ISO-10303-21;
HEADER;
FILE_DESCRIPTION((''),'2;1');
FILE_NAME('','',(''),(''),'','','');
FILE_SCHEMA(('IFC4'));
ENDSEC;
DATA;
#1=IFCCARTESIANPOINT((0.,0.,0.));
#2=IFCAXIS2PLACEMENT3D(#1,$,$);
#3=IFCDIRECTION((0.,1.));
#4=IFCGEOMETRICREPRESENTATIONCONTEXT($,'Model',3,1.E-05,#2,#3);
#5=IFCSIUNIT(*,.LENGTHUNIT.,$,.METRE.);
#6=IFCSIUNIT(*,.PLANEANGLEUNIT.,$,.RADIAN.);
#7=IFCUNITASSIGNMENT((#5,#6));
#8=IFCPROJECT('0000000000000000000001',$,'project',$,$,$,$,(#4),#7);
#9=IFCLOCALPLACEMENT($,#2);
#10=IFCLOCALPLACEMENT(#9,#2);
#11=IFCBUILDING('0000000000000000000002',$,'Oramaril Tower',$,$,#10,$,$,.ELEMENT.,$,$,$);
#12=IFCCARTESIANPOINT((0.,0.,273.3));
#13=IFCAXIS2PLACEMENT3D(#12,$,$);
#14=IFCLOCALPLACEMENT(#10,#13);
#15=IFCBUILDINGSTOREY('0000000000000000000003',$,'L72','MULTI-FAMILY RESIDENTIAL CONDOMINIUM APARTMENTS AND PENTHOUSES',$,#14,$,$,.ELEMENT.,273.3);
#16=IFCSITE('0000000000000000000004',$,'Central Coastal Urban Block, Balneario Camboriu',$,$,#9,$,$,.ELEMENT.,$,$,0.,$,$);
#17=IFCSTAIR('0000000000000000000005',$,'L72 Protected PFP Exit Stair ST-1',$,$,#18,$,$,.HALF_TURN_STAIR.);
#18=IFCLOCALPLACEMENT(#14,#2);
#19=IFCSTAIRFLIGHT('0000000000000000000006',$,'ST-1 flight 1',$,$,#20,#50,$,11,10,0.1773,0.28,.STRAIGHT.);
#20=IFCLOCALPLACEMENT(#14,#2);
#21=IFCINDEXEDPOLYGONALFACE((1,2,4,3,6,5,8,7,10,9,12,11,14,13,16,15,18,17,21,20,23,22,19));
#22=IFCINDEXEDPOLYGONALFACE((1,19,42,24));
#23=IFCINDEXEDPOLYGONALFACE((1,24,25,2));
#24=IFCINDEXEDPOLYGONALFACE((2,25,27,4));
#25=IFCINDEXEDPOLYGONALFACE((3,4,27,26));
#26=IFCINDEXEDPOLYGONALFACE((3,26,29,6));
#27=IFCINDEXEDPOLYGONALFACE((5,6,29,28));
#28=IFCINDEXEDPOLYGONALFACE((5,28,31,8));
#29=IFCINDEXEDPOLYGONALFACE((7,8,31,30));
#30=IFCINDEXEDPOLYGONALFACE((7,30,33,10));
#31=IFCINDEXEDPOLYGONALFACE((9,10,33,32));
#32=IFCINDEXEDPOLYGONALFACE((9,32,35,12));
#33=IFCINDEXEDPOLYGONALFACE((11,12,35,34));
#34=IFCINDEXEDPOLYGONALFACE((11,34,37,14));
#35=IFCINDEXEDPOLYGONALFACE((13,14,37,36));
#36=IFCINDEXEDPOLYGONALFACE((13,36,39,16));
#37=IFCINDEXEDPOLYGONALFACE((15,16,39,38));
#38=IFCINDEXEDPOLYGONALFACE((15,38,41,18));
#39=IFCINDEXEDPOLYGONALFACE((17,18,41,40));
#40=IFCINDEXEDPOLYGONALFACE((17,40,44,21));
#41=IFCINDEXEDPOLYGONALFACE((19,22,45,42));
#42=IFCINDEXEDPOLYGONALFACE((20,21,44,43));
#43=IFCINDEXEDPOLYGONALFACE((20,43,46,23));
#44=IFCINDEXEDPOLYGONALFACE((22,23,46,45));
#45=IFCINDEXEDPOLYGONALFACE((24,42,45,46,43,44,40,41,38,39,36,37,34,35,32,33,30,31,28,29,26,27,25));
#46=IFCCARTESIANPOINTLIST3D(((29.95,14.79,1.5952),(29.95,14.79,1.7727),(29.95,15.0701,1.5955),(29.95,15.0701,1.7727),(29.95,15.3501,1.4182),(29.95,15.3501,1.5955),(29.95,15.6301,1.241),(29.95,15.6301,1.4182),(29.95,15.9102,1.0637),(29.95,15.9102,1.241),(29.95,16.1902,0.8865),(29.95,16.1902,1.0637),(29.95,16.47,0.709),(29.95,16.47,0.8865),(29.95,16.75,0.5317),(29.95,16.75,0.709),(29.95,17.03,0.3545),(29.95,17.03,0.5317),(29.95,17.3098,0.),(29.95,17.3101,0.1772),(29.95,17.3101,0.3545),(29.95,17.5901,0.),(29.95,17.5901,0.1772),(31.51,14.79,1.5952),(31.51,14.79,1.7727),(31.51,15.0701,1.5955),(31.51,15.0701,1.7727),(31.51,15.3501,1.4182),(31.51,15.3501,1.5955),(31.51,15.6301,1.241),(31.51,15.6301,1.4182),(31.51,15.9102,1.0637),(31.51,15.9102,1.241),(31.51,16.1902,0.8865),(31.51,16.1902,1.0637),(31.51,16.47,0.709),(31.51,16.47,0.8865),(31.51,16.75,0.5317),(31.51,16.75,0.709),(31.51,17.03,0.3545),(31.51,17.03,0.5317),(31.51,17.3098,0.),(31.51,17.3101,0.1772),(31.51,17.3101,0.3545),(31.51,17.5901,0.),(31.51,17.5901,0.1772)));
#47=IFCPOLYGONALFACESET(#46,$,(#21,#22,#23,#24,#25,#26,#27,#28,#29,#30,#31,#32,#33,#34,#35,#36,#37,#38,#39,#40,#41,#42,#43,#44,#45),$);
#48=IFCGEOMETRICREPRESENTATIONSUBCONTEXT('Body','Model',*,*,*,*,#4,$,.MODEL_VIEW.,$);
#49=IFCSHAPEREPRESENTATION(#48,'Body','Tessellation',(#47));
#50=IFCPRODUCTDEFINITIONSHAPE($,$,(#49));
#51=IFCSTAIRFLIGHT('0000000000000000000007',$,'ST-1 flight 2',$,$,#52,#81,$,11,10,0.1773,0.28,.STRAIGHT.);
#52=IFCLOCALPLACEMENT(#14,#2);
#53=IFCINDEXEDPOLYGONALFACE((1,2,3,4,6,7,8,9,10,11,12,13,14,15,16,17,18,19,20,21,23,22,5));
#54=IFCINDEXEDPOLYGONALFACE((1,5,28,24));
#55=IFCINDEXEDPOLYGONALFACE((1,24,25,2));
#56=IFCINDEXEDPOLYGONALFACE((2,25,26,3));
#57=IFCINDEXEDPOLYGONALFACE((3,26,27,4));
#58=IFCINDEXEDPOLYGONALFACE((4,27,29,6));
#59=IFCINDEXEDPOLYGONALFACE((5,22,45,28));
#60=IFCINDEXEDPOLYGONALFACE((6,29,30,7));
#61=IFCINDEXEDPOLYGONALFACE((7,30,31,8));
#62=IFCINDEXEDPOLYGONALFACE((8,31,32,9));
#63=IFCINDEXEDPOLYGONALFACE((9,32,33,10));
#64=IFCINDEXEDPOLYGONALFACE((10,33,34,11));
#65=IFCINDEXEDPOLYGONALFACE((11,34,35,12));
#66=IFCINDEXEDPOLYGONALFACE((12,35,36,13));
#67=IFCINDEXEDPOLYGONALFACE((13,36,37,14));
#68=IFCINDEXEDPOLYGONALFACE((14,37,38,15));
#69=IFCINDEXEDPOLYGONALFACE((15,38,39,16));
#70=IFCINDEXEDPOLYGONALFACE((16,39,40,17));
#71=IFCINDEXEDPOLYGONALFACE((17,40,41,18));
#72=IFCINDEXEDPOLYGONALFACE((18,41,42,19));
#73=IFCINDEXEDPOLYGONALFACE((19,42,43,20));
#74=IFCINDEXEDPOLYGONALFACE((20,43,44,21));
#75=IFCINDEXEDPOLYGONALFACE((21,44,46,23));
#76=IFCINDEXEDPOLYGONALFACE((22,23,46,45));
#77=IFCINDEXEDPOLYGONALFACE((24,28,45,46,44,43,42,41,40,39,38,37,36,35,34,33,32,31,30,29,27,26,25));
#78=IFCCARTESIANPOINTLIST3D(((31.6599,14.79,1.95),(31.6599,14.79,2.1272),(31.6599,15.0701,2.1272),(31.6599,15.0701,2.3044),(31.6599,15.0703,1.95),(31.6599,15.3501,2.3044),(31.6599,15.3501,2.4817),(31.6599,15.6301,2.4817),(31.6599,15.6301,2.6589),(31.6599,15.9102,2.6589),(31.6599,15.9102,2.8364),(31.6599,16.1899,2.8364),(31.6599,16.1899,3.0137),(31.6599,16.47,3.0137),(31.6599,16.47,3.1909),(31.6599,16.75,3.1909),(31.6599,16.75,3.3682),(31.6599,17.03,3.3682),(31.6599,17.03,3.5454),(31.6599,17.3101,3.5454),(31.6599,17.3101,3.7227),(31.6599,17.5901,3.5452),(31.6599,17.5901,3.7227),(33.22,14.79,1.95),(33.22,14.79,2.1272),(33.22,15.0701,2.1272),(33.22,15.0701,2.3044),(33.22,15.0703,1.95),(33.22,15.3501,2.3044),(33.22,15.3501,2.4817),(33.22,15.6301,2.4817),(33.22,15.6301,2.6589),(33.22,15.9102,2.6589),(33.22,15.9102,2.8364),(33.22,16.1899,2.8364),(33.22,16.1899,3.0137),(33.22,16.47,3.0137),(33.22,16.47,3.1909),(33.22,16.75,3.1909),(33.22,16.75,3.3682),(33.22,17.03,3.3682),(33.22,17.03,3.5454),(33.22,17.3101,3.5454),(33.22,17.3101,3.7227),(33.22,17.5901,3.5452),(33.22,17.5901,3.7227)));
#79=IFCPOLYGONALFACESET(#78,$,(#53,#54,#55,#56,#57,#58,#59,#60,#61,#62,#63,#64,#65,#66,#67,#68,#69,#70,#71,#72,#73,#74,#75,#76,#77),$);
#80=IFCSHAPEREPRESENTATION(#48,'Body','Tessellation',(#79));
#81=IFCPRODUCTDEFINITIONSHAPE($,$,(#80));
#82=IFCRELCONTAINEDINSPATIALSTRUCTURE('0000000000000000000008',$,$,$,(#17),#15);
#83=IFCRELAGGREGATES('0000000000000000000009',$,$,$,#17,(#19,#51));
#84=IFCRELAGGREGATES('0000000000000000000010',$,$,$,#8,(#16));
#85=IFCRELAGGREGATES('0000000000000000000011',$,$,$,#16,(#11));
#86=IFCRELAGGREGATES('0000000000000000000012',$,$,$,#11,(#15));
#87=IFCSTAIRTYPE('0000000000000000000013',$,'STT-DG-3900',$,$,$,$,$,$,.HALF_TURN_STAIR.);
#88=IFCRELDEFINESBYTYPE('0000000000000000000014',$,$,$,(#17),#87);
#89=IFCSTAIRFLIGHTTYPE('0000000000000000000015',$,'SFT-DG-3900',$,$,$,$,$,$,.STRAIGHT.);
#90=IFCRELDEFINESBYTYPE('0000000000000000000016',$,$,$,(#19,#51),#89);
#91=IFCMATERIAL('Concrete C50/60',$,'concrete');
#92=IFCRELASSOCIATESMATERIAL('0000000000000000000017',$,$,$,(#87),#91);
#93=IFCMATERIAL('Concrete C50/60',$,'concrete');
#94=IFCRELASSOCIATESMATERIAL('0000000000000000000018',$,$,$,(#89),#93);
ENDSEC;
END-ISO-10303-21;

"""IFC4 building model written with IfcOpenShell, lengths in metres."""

from ifc_helpers import new_model, si_unit, direction, frame, origin, place, context, subcontext, project, spatial, polyline, outline, extrude, material, type_object, element, aggregate, save


model = new_model("IFC4")

# Units and contexts
model_context = context("Model", 3, precision=1e-05, world=origin(), true_north=direction((0.0, 1.0)))
body_context = subcontext(model_context, "Body", "Model", "MODEL_VIEW")
ifc_project = project(units=[si_unit("LENGTHUNIT", "METRE"), si_unit("PLANEANGLEUNIT", "RADIAN")], contexts=[model_context])

# Site, building, storey
site_placement = place(None, origin())
site = spatial("IfcSite", under=ifc_project, at=site_placement, Name="Central Coastal Urban Block, Balneario Camboriu", CompositionType="ELEMENT", RefElevation=0.0)
building_placement = place(site_placement, origin())
building = spatial("IfcBuilding", under=site, at=building_placement, Name="Oramaril Tower", CompositionType="ELEMENT")
storey_placement = place(building_placement, frame((0.0, 0.0, 273.3)))
storey = spatial("IfcBuildingStorey", under=building, at=storey_placement, Name="L72", Description="MULTI-FAMILY RESIDENTIAL CONDOMINIUM APARTMENTS AND PENTHOUSES", CompositionType="ELEMENT", Elevation=273.3)

# Stair, stair flights
ifc_material_1 = material(Name="Concrete C50/60", Category="concrete")
stair_type = type_object("IfcStairType", Name="STT-DG-3900", PredefinedType="HALF_TURN_STAIR", material=ifc_material_1)
stair_placement = place(storey_placement, origin())
stair = element("IfcStair", 1, at=stair_placement, inside=storey, type_object=stair_type, Name="L72 Protected PFP Exit Stair ST-1", PredefinedType="HALF_TURN_STAIR")
ifc_material_2 = material(Name="Concrete C50/60", Category="concrete")
stair_flight_type = type_object("IfcStairFlightType", Name="SFT-DG-3900", PredefinedType="STRAIGHT", material=ifc_material_2)
stair_flight_1_placement = place(storey_placement, frame((30.73, 17.5901, 0.0), z_axis=(0.0, 0.0, 1.0), x_axis=(0.0, -1.0, 0.0)))
stair_flight_1 = element("IfcStairFlight", 2, at=stair_flight_1_placement, type_object=stair_flight_type, Name="ST-1 flight 1", NumberOfRisers=11, NumberOfTreads=10, PredefinedType="STRAIGHT", RiserHeight=0.1773, TreadLength=0.28, context=body_context, shape_type="SweptSolid", body=[
    extrude(outline(polyline([(0.0, 0.0), (0.0, 0.1772), (0.28, 0.1772), (0.28, 0.3545), (0.5601, 0.3545), (0.5601, 0.5317), (0.8401, 0.5317), (0.8401, 0.709), (1.1201, 0.709), (1.1201, 0.8865), (1.3999, 0.8865), (1.3999, 1.0637), (1.6799, 1.0637), (1.6799, 1.241), (1.96, 1.241), (1.96, 1.4182), (2.24, 1.4182), (2.24, 1.5955), (2.52, 1.5955), (2.52, 1.7727), (2.8, 1.7727), (2.8, 1.95), (2.8, 1.5952), (0.2803, 0.0), (0.0, 0.0)])), frame((0.0, 0.78, 0.0), z_axis=(0.0, -1.0, 0.0), x_axis=(1.0, 0.0, 0.0)), (0.0, 0.0, 1.0), 1.5601),
])
stair_flight_2_placement = place(storey_placement, frame((32.4399, 14.79, 1.95), z_axis=(0.0, 0.0, 1.0), x_axis=(0.0, 1.0, 0.0)))
stair_flight_2 = element("IfcStairFlight", 3, at=stair_flight_2_placement, type_object=stair_flight_type, Name="ST-1 flight 2", NumberOfRisers=11, NumberOfTreads=10, PredefinedType="STRAIGHT", RiserHeight=0.1773, TreadLength=0.28, context=body_context, shape_type="SweptSolid", body=[
    extrude(outline(polyline([(0.0, 0.0), (0.0, 0.1772), (0.28, 0.1772), (0.28, 0.3545), (0.5601, 0.3545), (0.5601, 0.5317), (0.8401, 0.5317), (0.8401, 0.709), (1.1201, 0.709), (1.1201, 0.8865), (1.3999, 0.8865), (1.3999, 1.0637), (1.6799, 1.0637), (1.6799, 1.241), (1.96, 1.241), (1.96, 1.4182), (2.24, 1.4182), (2.24, 1.5955), (2.52, 1.5955), (2.52, 1.7727), (2.8, 1.7727), (2.8, 1.95), (2.8, 1.5952), (0.2803, 0.0), (0.0, 0.0)])), frame((0.0, 0.78, 0.0), z_axis=(0.0, -1.0, 0.0), x_axis=(1.0, 0.0, 0.0)), (0.0, 0.0, 1.0), 1.5601),
])
aggregate(stair, [stair_flight_1, stair_flight_2])

save(model, "model.ifc")
